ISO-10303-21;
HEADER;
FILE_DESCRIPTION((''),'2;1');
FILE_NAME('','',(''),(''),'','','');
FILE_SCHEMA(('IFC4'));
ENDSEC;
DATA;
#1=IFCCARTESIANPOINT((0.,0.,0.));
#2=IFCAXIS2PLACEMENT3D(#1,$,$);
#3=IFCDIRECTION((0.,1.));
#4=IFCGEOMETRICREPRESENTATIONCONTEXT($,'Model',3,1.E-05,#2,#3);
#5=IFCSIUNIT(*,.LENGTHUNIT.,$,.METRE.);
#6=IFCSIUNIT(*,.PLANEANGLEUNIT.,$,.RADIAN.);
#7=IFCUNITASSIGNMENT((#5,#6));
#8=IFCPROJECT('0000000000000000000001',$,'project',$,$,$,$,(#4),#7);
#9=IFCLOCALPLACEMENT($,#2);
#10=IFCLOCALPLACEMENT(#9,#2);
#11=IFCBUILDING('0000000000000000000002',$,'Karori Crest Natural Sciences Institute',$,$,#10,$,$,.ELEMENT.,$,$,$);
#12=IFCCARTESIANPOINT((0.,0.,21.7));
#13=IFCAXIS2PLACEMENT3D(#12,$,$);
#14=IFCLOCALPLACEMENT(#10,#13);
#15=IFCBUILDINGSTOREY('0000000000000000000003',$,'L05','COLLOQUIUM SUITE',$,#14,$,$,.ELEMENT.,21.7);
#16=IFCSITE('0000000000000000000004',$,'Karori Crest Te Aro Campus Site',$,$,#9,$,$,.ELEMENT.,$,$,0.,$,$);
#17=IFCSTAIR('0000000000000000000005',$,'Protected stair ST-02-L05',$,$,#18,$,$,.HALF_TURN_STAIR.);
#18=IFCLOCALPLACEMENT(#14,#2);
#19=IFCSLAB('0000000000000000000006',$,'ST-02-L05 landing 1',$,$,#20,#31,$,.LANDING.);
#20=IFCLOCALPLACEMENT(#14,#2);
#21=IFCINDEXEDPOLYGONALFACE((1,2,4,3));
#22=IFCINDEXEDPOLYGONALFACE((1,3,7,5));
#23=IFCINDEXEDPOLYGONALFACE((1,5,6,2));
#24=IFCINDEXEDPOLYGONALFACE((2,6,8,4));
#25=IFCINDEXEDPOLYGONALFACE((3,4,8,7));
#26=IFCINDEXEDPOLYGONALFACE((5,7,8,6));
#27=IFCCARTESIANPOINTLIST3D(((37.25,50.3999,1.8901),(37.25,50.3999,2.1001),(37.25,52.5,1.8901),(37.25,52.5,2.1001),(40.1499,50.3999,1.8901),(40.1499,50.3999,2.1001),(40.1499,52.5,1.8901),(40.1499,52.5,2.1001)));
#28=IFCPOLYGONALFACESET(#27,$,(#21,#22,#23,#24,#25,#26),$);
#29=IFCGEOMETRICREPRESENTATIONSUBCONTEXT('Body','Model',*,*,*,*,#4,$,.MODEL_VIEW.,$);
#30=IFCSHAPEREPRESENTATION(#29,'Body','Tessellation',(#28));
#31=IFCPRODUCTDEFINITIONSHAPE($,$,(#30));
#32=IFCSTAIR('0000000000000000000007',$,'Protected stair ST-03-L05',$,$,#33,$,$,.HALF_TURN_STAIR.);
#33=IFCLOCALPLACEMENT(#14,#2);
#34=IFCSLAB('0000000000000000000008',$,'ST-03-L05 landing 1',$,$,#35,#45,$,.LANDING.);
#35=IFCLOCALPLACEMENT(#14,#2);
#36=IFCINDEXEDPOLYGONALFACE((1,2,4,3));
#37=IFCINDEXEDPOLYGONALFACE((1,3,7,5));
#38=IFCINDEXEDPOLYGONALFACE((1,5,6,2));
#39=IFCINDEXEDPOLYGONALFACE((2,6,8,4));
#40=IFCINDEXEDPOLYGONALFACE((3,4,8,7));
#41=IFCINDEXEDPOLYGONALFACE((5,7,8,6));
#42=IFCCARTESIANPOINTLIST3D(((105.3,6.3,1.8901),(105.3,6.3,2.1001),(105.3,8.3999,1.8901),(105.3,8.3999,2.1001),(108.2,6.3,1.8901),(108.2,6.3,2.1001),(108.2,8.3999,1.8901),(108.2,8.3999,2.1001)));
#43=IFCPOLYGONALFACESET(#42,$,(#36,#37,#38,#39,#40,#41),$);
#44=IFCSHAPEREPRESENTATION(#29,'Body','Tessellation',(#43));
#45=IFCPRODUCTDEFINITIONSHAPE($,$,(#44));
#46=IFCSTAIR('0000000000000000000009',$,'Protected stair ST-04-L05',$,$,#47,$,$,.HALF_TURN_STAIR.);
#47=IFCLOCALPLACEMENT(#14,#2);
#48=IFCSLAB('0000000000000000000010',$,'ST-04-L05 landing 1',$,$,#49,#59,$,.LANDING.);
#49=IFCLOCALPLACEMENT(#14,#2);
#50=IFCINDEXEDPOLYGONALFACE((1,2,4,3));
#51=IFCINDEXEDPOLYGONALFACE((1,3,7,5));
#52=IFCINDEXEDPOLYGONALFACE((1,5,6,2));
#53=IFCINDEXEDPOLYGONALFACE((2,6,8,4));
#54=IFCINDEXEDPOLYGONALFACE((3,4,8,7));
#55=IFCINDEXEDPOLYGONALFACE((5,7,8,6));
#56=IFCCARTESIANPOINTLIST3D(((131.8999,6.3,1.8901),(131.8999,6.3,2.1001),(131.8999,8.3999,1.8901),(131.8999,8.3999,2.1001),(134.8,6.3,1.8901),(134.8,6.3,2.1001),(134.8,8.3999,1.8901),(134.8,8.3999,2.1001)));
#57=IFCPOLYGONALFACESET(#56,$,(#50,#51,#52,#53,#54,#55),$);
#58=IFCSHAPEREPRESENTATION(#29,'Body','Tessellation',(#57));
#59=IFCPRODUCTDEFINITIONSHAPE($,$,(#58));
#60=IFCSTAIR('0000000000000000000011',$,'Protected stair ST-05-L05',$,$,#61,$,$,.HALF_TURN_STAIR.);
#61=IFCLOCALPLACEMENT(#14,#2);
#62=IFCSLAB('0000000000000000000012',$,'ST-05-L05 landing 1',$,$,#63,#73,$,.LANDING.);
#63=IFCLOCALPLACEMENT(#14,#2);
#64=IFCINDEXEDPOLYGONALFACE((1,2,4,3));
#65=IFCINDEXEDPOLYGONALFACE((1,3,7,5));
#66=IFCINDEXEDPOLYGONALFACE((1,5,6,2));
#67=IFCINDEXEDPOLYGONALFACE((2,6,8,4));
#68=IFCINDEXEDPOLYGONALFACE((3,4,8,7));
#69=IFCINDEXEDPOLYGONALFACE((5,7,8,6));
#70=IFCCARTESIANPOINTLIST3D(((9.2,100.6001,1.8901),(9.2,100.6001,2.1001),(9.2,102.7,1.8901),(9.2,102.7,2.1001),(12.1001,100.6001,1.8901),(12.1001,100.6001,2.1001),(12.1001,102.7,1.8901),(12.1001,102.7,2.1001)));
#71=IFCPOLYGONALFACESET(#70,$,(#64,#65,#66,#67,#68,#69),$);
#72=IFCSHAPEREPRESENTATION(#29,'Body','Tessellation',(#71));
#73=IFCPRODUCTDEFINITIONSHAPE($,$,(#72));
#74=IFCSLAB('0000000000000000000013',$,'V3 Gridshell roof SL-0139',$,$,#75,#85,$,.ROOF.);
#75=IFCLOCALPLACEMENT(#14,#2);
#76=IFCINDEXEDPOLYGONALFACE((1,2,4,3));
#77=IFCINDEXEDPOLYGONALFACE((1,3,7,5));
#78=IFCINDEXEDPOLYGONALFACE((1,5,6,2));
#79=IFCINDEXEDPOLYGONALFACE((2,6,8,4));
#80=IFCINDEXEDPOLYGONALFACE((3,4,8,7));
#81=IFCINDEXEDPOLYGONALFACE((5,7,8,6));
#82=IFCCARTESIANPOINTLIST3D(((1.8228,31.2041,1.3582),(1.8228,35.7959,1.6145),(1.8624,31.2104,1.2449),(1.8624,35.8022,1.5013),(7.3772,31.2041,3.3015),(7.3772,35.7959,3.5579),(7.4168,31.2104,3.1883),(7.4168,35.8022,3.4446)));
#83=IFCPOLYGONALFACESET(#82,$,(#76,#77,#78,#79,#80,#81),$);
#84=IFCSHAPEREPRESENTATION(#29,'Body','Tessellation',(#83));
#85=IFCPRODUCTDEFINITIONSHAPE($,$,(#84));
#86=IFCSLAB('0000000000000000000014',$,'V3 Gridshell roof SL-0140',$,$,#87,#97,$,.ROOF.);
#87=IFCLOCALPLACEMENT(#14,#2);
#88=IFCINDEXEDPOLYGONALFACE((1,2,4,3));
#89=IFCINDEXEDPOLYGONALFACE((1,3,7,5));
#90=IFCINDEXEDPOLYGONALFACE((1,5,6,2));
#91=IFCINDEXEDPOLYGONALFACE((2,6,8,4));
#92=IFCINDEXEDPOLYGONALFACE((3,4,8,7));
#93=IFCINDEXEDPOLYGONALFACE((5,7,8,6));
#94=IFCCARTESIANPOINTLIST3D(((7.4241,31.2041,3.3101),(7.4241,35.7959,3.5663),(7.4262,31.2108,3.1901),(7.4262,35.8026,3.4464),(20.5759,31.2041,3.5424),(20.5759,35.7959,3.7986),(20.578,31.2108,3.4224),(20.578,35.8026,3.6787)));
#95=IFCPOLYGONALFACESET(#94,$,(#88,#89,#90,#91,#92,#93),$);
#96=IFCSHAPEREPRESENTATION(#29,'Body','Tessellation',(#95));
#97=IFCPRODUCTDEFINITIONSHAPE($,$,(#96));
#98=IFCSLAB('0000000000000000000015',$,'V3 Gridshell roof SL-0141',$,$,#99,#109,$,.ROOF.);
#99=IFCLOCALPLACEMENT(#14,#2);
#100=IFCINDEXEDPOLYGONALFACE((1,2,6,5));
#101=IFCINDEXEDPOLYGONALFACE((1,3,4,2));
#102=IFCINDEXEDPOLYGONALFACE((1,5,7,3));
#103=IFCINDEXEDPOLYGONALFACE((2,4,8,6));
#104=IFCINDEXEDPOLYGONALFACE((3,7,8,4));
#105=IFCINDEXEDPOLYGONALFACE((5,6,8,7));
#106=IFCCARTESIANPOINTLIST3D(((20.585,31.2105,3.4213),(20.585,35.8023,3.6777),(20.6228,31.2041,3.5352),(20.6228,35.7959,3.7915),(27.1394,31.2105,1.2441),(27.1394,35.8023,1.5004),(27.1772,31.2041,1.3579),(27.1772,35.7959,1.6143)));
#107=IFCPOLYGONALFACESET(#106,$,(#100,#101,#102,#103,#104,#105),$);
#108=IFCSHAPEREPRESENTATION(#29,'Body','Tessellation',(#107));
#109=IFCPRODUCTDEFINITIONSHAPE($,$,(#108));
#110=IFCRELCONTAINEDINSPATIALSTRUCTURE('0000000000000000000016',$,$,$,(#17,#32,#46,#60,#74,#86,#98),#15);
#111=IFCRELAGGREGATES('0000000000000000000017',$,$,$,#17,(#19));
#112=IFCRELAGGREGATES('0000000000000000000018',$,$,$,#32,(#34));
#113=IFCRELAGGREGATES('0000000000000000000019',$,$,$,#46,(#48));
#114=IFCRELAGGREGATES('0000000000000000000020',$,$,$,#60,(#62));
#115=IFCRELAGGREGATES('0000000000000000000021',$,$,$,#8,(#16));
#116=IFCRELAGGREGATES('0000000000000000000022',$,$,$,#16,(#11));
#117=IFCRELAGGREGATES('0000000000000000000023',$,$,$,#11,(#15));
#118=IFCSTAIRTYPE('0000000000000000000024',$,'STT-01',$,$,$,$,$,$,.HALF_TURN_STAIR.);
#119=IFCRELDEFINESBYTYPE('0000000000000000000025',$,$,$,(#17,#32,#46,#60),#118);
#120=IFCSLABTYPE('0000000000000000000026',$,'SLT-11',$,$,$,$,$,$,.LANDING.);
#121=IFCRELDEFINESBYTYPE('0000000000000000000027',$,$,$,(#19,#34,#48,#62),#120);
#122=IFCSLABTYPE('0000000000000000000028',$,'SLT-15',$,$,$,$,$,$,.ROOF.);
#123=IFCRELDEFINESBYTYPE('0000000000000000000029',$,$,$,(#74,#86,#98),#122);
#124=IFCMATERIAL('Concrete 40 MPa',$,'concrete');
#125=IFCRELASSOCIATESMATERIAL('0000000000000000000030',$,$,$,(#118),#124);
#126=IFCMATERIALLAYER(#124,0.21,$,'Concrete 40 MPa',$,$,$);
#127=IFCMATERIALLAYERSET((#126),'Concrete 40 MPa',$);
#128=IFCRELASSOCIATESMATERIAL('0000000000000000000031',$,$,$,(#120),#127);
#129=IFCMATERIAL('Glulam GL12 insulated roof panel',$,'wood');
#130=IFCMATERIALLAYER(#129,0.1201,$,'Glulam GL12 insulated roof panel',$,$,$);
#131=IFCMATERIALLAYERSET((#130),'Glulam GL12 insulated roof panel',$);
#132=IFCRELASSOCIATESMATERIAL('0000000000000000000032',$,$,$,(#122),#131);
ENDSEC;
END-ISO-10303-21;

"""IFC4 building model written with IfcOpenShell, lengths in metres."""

from ifc_helpers import new_model, si_unit, direction, frame, origin, place, context, subcontext, project, spatial, polyline, outline, extrude, material, layer, layer_set, type_object, element, aggregate, save


model = new_model("IFC4")

# Units and contexts
model_context = context("Model", 3, precision=1e-05, world=origin(), true_north=direction((0.0, 1.0)))
body_context = subcontext(model_context, "Body", "Model", "MODEL_VIEW")
ifc_project = project(units=[si_unit("LENGTHUNIT", "METRE"), si_unit("PLANEANGLEUNIT", "RADIAN")], contexts=[model_context])

# Site, building, storey
site_placement = place(None, origin())
site = spatial("IfcSite", under=ifc_project, at=site_placement, Name="Karori Crest Te Aro Campus Site", CompositionType="ELEMENT", RefElevation=0.0)
building_placement = place(site_placement, origin())
building = spatial("IfcBuilding", under=site, at=building_placement, Name="Karori Crest Natural Sciences Institute", CompositionType="ELEMENT")
storey_placement = place(building_placement, frame((0.0, 0.0, 21.7)))
storey = spatial("IfcBuildingStorey", under=building, at=storey_placement, Name="L05", Description="COLLOQUIUM SUITE", CompositionType="ELEMENT", Elevation=21.7)

# Shared definitions
ifc_material_1 = material(Name="Concrete 40 MPa", Category="concrete")

# Stairs, slabs
stair_type = type_object("IfcStairType", Name="STT-01", PredefinedType="HALF_TURN_STAIR", material=ifc_material_1)
ifc_layer_1 = layer(ifc_material_1, 0.21, Name="Concrete 40 MPa")
ifc_layer_set_1 = layer_set([ifc_layer_1], Name="Concrete 40 MPa")
slab_type_1 = type_object("IfcSlabType", Name="SLT-11", PredefinedType="LANDING", material=ifc_layer_set_1)
stair_1_placement = place(storey_placement, origin())
stair_1 = element("IfcStair", 1, at=stair_1_placement, inside=storey, type_object=stair_type, Name="Protected stair ST-02-L05", PredefinedType="HALF_TURN_STAIR")
slab_1_placement = place(storey_placement, frame((0.0, 0.0, 1.8901)))
slab_1 = element("IfcSlab", 2, at=slab_1_placement, type_object=slab_type_1, Name="ST-02-L05 landing 1", PredefinedType="LANDING", context=body_context, shape_type="SweptSolid", body=[
    extrude(outline(polyline([(40.1499, 50.3999), (40.1499, 52.5), (37.25, 52.5), (37.25, 50.3999), (40.1499, 50.3999)])), origin(), (0.0, 0.0, 1.0), 0.21),
])
aggregate(stair_1, [slab_1])
stair_2_placement = place(storey_placement, origin())
stair_2 = element("IfcStair", 3, at=stair_2_placement, inside=storey, type_object=stair_type, Name="Protected stair ST-03-L05", PredefinedType="HALF_TURN_STAIR")
slab_2_placement = place(storey_placement, frame((0.0, 0.0, 1.8901)))
slab_2 = element("IfcSlab", 4, at=slab_2_placement, type_object=slab_type_1, Name="ST-03-L05 landing 1", PredefinedType="LANDING", context=body_context, shape_type="SweptSolid", body=[
    extrude(outline(polyline([(108.2, 6.3), (108.2, 8.3999), (105.3, 8.3999), (105.3, 6.3), (108.2, 6.3)])), origin(), (0.0, 0.0, 1.0), 0.21),
])
aggregate(stair_2, [slab_2])
stair_3_placement = place(storey_placement, origin())
stair_3 = element("IfcStair", 5, at=stair_3_placement, inside=storey, type_object=stair_type, Name="Protected stair ST-04-L05", PredefinedType="HALF_TURN_STAIR")
slab_3_placement = place(storey_placement, frame((0.0, 0.0, 1.8901)))
slab_3 = element("IfcSlab", 6, at=slab_3_placement, type_object=slab_type_1, Name="ST-04-L05 landing 1", PredefinedType="LANDING", context=body_context, shape_type="SweptSolid", body=[
    extrude(outline(polyline([(134.8, 6.3), (134.8, 8.3999), (131.8999, 8.3999), (131.8999, 6.3), (134.8, 6.3)])), origin(), (0.0, 0.0, 1.0), 0.21),
])
aggregate(stair_3, [slab_3])
stair_4_placement = place(storey_placement, origin())
stair_4 = element("IfcStair", 7, at=stair_4_placement, inside=storey, type_object=stair_type, Name="Protected stair ST-05-L05", PredefinedType="HALF_TURN_STAIR")
slab_4_placement = place(storey_placement, frame((0.0, 0.0, 1.8901)))
slab_4 = element("IfcSlab", 8, at=slab_4_placement, type_object=slab_type_1, Name="ST-05-L05 landing 1", PredefinedType="LANDING", context=body_context, shape_type="SweptSolid", body=[
    extrude(outline(polyline([(12.1001, 100.6001), (12.1001, 102.7), (9.2, 102.7), (9.2, 100.6001), (12.1001, 100.6001)])), origin(), (0.0, 0.0, 1.0), 0.21),
])
aggregate(stair_4, [slab_4])

# Slabs
ifc_material_2 = material(Name="Glulam GL12 insulated roof panel", Category="wood")
ifc_layer_2 = layer(ifc_material_2, 0.1201, Name="Glulam GL12 insulated roof panel")
ifc_layer_set_2 = layer_set([ifc_layer_2], Name="Glulam GL12 insulated roof panel")
slab_type_2 = type_object("IfcSlabType", Name="SLT-15", PredefinedType="ROOF", material=ifc_layer_set_2)
slab_5_placement = place(storey_placement, frame((1.8228, 31.2041, 1.3582), z_axis=(-0.329788, -0.052622, 0.942587), x_axis=(0.943895, 0.0, 0.330245)))
element("IfcSlab", 9, at=slab_5_placement, inside=storey, type_object=slab_type_2, Name="V3 Gridshell roof SL-0139", PredefinedType="ROOF", context=body_context, shape_type="SweptSolid", body=[
    extrude(outline(polyline([(0.0, 0.0), (5.8846, 0.0), (5.9693, 4.5982), (0.0847, 4.5982), (0.0, 0.0)])), origin(), (0.0, 0.0, -1.0), 0.1201),
])
slab_6_placement = place(storey_placement, frame((7.4241, 31.2041, 3.3101), z_axis=(-0.017633, -0.055705, 0.998292), x_axis=(0.999844, -0.000001, 0.01766)))
element("IfcSlab", 10, at=slab_6_placement, inside=storey, type_object=slab_type_2, Name="V3 Gridshell roof SL-0140", PredefinedType="ROOF", context=body_context, shape_type="SweptSolid", body=[
    extrude(outline(polyline([(0.0, 0.0), (13.1539, 0.0), (13.1584, 4.5989), (0.0045, 4.5989), (0.0, 0.0)])), origin(), (0.0, 0.0, -1.0), 0.1201),
])
slab_7_placement = place(storey_placement, frame((20.6228, 31.2041, 3.5352), z_axis=(0.3148, -0.052907, 0.947682), x_axis=(0.949012, 0.0, -0.315241)))
element("IfcSlab", 11, at=slab_7_placement, inside=storey, type_object=slab_type_2, Name="V3 Gridshell roof SL-0141", PredefinedType="ROOF", context=body_context, shape_type="SweptSolid", body=[
    extrude(outline(polyline([(0.0, 0.0), (6.9066, 0.0), (6.8258, 4.5982), (-0.0808, 4.5982), (0.0, 0.0)])), origin(), (0.0, 0.0, -1.0), 0.1201),
])

save(model, "model.ifc")
